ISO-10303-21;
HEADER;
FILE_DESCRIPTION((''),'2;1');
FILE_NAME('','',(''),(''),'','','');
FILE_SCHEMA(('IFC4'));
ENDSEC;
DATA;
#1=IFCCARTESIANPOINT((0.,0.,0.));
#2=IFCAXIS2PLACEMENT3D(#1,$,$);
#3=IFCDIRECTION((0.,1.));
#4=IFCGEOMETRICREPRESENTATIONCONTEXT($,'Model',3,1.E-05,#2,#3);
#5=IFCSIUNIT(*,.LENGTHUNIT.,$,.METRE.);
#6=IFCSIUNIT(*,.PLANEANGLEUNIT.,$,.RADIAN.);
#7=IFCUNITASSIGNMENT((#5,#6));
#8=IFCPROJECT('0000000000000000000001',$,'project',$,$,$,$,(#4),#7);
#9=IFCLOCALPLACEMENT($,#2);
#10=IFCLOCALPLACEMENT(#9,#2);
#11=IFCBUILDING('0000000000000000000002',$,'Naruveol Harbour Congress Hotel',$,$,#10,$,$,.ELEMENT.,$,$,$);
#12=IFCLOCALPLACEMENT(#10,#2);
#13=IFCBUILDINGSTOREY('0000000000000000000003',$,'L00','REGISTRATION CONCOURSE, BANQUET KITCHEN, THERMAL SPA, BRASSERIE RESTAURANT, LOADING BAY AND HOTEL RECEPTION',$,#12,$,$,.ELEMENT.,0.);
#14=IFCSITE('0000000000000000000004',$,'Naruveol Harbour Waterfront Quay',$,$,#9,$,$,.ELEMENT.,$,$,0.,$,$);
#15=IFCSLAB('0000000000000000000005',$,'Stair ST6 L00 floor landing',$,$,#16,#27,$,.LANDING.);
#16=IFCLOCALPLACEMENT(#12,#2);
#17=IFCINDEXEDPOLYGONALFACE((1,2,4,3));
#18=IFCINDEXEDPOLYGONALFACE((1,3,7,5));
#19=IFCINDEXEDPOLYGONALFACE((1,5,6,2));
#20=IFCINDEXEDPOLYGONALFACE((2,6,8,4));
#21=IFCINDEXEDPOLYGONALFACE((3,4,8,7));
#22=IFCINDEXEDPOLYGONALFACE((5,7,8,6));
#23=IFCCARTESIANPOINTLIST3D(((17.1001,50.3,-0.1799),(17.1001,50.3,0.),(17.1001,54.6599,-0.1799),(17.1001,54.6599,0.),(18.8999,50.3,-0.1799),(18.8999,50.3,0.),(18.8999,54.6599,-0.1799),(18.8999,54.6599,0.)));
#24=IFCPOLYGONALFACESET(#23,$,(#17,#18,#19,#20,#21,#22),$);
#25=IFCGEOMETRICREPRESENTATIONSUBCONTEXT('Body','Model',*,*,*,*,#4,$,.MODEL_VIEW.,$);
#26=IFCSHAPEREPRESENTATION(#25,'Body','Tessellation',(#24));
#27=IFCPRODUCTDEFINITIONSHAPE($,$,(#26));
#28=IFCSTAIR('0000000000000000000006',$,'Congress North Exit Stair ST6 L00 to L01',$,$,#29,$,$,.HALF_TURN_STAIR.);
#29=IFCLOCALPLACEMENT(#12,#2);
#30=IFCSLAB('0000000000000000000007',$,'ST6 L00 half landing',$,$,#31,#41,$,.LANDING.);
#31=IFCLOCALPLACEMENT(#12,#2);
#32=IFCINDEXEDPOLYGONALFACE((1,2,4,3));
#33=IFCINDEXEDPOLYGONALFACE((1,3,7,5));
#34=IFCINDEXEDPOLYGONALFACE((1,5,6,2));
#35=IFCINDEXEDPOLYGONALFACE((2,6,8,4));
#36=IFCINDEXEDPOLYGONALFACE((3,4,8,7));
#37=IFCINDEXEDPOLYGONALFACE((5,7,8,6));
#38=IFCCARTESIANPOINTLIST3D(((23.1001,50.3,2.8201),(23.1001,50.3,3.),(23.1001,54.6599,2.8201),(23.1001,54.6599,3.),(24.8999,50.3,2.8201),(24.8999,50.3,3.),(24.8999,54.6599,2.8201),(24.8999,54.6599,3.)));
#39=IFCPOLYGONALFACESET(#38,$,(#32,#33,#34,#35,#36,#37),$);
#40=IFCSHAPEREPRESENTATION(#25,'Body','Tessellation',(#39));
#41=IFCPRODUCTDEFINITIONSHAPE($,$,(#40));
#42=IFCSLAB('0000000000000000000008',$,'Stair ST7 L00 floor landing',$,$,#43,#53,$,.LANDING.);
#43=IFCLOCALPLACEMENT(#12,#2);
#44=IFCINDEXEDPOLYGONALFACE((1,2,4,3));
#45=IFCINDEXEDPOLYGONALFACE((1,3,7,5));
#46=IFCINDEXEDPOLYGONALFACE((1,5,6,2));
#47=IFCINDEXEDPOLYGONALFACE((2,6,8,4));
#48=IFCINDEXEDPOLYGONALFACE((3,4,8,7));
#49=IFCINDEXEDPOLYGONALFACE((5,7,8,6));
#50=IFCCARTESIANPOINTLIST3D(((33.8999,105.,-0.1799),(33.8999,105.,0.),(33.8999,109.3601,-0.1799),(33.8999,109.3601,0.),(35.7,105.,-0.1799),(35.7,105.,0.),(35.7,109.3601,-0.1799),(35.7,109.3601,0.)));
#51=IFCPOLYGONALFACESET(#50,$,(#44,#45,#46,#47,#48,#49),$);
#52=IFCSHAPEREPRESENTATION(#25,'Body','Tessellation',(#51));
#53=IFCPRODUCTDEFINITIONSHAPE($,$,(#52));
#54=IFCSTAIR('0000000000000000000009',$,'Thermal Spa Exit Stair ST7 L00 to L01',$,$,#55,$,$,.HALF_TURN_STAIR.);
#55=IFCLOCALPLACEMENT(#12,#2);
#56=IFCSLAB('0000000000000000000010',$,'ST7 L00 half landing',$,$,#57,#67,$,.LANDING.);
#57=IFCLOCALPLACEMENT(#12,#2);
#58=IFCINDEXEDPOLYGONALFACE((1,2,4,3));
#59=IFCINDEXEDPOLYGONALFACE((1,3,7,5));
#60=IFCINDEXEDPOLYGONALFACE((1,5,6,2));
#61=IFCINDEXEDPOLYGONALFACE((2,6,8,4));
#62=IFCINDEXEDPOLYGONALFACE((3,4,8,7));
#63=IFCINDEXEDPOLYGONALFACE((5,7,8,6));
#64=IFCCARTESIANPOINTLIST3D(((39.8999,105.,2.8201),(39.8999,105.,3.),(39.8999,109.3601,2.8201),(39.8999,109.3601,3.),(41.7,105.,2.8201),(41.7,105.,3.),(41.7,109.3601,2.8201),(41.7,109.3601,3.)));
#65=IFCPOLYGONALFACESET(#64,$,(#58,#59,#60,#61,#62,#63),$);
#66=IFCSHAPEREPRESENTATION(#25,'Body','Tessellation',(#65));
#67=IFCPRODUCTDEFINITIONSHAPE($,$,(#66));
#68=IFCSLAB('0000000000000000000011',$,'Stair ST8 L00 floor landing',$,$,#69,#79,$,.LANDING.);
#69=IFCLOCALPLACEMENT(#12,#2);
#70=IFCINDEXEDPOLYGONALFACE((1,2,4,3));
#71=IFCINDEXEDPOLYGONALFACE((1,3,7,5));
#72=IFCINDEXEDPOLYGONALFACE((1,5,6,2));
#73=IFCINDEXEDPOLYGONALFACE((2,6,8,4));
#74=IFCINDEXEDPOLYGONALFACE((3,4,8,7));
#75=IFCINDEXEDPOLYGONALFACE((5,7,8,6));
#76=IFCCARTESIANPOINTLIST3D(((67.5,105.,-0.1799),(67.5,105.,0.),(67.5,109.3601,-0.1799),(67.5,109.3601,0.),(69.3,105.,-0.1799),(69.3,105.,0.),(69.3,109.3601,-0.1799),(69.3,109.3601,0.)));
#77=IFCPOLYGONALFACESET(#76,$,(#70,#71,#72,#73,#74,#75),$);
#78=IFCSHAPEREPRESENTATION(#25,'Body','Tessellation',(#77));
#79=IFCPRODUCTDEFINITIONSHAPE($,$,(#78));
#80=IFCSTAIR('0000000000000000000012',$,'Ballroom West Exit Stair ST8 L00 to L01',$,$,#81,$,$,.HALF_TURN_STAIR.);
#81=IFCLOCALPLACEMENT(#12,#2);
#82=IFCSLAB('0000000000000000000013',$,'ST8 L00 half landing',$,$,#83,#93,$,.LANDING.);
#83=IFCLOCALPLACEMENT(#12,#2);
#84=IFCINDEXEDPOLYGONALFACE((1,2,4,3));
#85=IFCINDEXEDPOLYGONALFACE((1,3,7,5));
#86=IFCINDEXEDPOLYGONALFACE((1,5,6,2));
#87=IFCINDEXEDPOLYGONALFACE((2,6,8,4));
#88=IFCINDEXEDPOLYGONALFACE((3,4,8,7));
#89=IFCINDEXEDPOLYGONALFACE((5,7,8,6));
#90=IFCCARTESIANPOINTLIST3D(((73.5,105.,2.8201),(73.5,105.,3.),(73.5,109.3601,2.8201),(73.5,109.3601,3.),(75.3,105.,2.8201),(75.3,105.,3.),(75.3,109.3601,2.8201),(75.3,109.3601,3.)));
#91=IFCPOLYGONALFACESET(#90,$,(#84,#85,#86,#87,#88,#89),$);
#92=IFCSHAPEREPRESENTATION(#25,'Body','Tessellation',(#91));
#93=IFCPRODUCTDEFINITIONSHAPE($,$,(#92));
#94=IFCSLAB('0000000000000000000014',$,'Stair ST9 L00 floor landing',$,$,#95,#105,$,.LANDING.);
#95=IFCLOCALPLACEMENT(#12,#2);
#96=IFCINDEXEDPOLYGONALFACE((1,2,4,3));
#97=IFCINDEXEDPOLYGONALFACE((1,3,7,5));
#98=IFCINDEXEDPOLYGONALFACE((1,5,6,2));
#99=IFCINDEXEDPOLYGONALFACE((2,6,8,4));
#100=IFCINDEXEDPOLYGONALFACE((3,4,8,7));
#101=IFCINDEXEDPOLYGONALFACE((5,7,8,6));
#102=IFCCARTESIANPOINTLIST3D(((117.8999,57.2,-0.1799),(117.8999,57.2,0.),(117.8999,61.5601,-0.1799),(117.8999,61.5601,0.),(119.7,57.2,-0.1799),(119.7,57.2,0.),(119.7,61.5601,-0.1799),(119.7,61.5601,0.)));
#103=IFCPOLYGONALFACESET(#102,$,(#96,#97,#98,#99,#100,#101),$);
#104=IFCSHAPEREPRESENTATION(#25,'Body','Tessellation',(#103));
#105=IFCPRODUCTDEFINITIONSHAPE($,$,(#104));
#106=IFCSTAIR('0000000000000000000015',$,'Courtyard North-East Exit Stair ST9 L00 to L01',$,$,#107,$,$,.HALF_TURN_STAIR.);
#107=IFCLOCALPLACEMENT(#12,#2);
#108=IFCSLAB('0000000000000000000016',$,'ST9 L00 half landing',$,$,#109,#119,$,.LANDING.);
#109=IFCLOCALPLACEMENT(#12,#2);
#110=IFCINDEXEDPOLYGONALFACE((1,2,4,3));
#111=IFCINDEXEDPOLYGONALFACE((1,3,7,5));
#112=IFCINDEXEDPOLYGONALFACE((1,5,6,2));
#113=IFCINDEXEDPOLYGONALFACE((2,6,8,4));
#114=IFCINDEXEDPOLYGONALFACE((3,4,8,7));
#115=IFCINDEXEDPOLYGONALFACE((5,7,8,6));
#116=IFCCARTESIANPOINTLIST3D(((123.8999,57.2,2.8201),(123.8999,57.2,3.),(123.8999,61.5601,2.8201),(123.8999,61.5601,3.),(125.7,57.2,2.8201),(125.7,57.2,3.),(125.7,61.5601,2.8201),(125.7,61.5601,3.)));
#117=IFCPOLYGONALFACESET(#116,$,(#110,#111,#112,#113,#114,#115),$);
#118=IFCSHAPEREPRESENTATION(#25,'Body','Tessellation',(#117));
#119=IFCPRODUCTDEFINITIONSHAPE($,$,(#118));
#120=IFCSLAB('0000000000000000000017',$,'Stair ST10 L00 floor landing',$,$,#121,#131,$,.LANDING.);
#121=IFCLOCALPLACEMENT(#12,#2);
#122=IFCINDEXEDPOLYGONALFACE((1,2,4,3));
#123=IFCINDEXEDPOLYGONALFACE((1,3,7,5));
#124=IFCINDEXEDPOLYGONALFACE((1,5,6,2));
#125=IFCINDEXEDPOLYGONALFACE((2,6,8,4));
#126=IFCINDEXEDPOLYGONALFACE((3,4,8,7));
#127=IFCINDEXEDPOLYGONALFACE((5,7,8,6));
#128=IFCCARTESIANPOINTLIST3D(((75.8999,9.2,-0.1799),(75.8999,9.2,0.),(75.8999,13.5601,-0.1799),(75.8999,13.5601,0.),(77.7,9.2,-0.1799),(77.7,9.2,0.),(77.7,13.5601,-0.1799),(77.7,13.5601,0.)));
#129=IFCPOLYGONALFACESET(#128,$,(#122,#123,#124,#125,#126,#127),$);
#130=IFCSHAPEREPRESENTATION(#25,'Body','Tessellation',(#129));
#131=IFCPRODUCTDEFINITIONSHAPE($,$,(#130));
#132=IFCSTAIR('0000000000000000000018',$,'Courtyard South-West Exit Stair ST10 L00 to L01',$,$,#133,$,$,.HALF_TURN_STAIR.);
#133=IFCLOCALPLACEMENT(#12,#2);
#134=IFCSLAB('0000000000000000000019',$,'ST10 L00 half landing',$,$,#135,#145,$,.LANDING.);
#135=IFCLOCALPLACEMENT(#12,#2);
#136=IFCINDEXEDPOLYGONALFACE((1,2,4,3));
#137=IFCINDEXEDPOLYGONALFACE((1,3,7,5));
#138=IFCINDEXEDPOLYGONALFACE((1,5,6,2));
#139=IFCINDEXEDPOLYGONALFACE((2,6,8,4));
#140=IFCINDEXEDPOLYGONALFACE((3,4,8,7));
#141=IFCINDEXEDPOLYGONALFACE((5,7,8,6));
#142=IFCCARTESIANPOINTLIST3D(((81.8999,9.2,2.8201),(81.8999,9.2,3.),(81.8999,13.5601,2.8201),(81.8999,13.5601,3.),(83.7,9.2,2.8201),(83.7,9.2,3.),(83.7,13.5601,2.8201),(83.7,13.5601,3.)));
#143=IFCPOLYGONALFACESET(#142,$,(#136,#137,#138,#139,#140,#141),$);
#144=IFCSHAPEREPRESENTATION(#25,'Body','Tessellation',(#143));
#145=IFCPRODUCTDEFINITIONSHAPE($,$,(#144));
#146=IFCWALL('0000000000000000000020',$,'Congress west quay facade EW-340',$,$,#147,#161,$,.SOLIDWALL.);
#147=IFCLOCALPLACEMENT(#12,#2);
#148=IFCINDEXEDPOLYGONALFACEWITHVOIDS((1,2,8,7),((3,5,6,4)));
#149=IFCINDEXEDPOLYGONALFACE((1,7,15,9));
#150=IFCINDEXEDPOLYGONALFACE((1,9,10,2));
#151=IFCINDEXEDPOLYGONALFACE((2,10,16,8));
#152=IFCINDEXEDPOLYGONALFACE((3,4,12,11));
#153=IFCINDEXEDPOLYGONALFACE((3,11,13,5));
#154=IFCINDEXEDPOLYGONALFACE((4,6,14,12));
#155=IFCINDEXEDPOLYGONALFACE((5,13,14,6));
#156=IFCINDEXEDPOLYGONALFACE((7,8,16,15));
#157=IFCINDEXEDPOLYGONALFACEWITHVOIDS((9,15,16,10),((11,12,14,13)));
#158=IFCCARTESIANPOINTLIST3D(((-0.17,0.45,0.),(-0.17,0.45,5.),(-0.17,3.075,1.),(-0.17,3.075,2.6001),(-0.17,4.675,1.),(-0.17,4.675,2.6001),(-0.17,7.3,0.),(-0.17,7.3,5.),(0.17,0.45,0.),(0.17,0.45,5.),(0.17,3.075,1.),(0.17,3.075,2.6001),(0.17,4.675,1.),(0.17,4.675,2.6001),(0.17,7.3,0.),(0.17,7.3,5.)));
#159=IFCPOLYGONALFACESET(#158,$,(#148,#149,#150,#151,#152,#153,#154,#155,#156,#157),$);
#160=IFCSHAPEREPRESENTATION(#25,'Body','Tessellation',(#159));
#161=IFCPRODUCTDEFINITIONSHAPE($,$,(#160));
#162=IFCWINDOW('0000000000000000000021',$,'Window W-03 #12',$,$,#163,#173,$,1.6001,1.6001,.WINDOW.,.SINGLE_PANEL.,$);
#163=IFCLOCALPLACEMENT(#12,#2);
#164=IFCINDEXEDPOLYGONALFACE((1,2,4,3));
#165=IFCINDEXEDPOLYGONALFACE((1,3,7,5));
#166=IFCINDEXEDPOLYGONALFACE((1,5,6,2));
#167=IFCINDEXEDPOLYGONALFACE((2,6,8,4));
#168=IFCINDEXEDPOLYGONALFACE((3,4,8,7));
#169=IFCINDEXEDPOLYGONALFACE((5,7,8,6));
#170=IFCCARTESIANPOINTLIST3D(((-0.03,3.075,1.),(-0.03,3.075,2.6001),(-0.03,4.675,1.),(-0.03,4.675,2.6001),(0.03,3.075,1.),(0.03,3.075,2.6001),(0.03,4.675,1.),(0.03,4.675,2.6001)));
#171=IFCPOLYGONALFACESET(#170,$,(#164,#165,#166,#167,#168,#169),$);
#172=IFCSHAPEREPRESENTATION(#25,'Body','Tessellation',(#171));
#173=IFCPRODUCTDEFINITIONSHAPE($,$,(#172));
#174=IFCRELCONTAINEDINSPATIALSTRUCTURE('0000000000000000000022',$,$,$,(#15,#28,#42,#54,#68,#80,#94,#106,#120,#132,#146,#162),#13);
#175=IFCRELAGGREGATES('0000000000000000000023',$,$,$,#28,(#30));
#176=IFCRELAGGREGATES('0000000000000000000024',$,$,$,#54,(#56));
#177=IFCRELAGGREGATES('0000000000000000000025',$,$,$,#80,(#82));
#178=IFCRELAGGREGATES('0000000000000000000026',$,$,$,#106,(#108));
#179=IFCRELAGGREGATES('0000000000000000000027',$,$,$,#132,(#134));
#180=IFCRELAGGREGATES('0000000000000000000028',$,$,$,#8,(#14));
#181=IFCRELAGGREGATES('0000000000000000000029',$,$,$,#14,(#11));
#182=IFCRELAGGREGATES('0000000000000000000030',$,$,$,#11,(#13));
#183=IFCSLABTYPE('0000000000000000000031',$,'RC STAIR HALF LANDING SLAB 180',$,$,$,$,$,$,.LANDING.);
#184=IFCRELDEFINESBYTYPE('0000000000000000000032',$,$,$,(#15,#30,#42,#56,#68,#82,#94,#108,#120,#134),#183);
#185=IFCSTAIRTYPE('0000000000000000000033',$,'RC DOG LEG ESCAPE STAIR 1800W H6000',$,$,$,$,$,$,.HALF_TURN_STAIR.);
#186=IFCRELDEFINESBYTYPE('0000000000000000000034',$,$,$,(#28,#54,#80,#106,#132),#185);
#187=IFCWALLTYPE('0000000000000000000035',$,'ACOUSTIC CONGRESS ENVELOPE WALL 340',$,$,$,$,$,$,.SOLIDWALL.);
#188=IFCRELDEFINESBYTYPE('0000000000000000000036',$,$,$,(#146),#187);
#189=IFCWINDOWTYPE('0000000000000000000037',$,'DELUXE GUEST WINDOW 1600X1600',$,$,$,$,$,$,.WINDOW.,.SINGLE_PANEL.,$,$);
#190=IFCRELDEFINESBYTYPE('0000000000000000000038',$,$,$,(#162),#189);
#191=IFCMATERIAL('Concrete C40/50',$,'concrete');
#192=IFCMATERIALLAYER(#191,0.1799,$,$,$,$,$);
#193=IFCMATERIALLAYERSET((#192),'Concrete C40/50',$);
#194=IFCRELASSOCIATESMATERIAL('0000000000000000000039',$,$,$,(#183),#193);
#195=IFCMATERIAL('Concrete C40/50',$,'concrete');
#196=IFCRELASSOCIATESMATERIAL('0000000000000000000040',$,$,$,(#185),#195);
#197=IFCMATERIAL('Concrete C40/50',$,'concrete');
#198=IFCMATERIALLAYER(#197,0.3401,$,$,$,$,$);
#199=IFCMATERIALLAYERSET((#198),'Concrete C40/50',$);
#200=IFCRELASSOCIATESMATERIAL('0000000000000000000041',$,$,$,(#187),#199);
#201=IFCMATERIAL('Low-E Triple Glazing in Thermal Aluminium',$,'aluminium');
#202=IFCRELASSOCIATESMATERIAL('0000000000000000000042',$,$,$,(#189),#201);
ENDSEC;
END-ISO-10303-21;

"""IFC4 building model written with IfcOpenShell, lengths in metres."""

from ifc_helpers import new_model, si_unit, direction, frame, frame_2d, origin, place, context, subcontext, project, spatial, polyline, rectangle, outline, extrude, material, layer, layer_set, type_object, element, fill, aggregate, save


model = new_model("IFC4")

# Units and contexts
model_context = context("Model", 3, precision=1e-05, world=origin(), true_north=direction((0.0, 1.0)))
body_context = subcontext(model_context, "Body", "Model", "MODEL_VIEW")
ifc_project = project(units=[si_unit("LENGTHUNIT", "METRE"), si_unit("PLANEANGLEUNIT", "RADIAN")], contexts=[model_context])

# Site, building, storey
site_placement = place(None, origin())
site = spatial("IfcSite", under=ifc_project, at=site_placement, Name="Naruveol Harbour Waterfront Quay", CompositionType="ELEMENT", RefElevation=0.0)
building_placement = place(site_placement, origin())
building = spatial("IfcBuilding", under=site, at=building_placement, Name="Naruveol Harbour Congress Hotel", CompositionType="ELEMENT")
storey_placement = place(building_placement, origin())
storey = spatial("IfcBuildingStorey", under=building, at=storey_placement, Name="L00", Description="REGISTRATION CONCOURSE, BANQUET KITCHEN, THERMAL SPA, BRASSERIE RESTAURANT, LOADING BAY AND HOTEL RECEPTION", CompositionType="ELEMENT", Elevation=0.0)

# Slab
ifc_material_1 = material(Name="Concrete C40/50", Category="concrete")
ifc_layer_1 = layer(ifc_material_1, 0.1799)
ifc_layer_set_1 = layer_set([ifc_layer_1], Name="Concrete C40/50")
slab_type = type_object("IfcSlabType", Name="RC STAIR HALF LANDING SLAB 180", PredefinedType="LANDING", material=ifc_layer_set_1)
slab_1_placement = place(storey_placement, frame((0.0, 0.0, -0.1799)))
element("IfcSlab", 1, at=slab_1_placement, inside=storey, type_object=slab_type, Name="Stair ST6 L00 floor landing", PredefinedType="LANDING", context=body_context, shape_type="SweptSolid", body=[
    extrude(outline(polyline([(17.1001, 50.3), (18.8999, 50.3), (18.8999, 54.6599), (17.1001, 54.6599), (17.1001, 50.3)])), origin(), (0.0, 0.0, 1.0), 0.1799),
])

# Stair, slab
ifc_material_2 = material(Name="Concrete C40/50", Category="concrete")
stair_type = type_object("IfcStairType", Name="RC DOG LEG ESCAPE STAIR 1800W H6000", PredefinedType="HALF_TURN_STAIR", material=ifc_material_2)
stair_1_placement = place(storey_placement, origin())
stair_1 = element("IfcStair", 2, at=stair_1_placement, inside=storey, type_object=stair_type, Name="Congress North Exit Stair ST6 L00 to L01", PredefinedType="HALF_TURN_STAIR")
slab_2_placement = place(storey_placement, frame((0.0, 0.0, 2.8201)))
slab_2 = element("IfcSlab", 3, at=slab_2_placement, type_object=slab_type, Name="ST6 L00 half landing", PredefinedType="LANDING", context=body_context, shape_type="SweptSolid", body=[
    extrude(outline(polyline([(23.1001, 50.3), (24.8999, 50.3), (24.8999, 54.6599), (23.1001, 54.6599), (23.1001, 50.3)])), origin(), (0.0, 0.0, 1.0), 0.1799),
])
aggregate(stair_1, [slab_2])

# Slab
slab_3_placement = place(storey_placement, frame((0.0, 0.0, -0.1799)))
element("IfcSlab", 4, at=slab_3_placement, inside=storey, type_object=slab_type, Name="Stair ST7 L00 floor landing", PredefinedType="LANDING", context=body_context, shape_type="SweptSolid", body=[
    extrude(outline(polyline([(33.8999, 105.0), (35.7, 105.0), (35.7, 109.3601), (33.8999, 109.3601), (33.8999, 105.0)])), origin(), (0.0, 0.0, 1.0), 0.1799),
])

# Stair, slab
stair_2_placement = place(storey_placement, origin())
stair_2 = element("IfcStair", 5, at=stair_2_placement, inside=storey, type_object=stair_type, Name="Thermal Spa Exit Stair ST7 L00 to L01", PredefinedType="HALF_TURN_STAIR")
slab_4_placement = place(storey_placement, frame((0.0, 0.0, 2.8201)))
slab_4 = element("IfcSlab", 6, at=slab_4_placement, type_object=slab_type, Name="ST7 L00 half landing", PredefinedType="LANDING", context=body_context, shape_type="SweptSolid", body=[
    extrude(outline(polyline([(39.8999, 105.0), (41.7, 105.0), (41.7, 109.3601), (39.8999, 109.3601), (39.8999, 105.0)])), origin(), (0.0, 0.0, 1.0), 0.1799),
])
aggregate(stair_2, [slab_4])

# Slab
slab_5_placement = place(storey_placement, frame((0.0, 0.0, -0.1799)))
element("IfcSlab", 7, at=slab_5_placement, inside=storey, type_object=slab_type, Name="Stair ST8 L00 floor landing", PredefinedType="LANDING", context=body_context, shape_type="SweptSolid", body=[
    extrude(outline(polyline([(67.5, 105.0), (69.3, 105.0), (69.3, 109.3601), (67.5, 109.3601), (67.5, 105.0)])), origin(), (0.0, 0.0, 1.0), 0.1799),
])

# Stair, slab
stair_3_placement = place(storey_placement, origin())
stair_3 = element("IfcStair", 8, at=stair_3_placement, inside=storey, type_object=stair_type, Name="Ballroom West Exit Stair ST8 L00 to L01", PredefinedType="HALF_TURN_STAIR")
slab_6_placement = place(storey_placement, frame((0.0, 0.0, 2.8201)))
slab_6 = element("IfcSlab", 9, at=slab_6_placement, type_object=slab_type, Name="ST8 L00 half landing", PredefinedType="LANDING", context=body_context, shape_type="SweptSolid", body=[
    extrude(outline(polyline([(73.5, 105.0), (75.3, 105.0), (75.3, 109.3601), (73.5, 109.3601), (73.5, 105.0)])), origin(), (0.0, 0.0, 1.0), 0.1799),
])
aggregate(stair_3, [slab_6])

# Slab
slab_7_placement = place(storey_placement, frame((0.0, 0.0, -0.1799)))
element("IfcSlab", 10, at=slab_7_placement, inside=storey, type_object=slab_type, Name="Stair ST9 L00 floor landing", PredefinedType="LANDING", context=body_context, shape_type="SweptSolid", body=[
    extrude(outline(polyline([(117.8999, 57.2), (119.7, 57.2), (119.7, 61.5601), (117.8999, 61.5601), (117.8999, 57.2)])), origin(), (0.0, 0.0, 1.0), 0.1799),
])

# Stair, slab
stair_4_placement = place(storey_placement, origin())
stair_4 = element("IfcStair", 11, at=stair_4_placement, inside=storey, type_object=stair_type, Name="Courtyard North-East Exit Stair ST9 L00 to L01", PredefinedType="HALF_TURN_STAIR")
slab_8_placement = place(storey_placement, frame((0.0, 0.0, 2.8201)))
slab_8 = element("IfcSlab", 12, at=slab_8_placement, type_object=slab_type, Name="ST9 L00 half landing", PredefinedType="LANDING", context=body_context, shape_type="SweptSolid", body=[
    extrude(outline(polyline([(123.8999, 57.2), (125.7, 57.2), (125.7, 61.5601), (123.8999, 61.5601), (123.8999, 57.2)])), origin(), (0.0, 0.0, 1.0), 0.1799),
])
aggregate(stair_4, [slab_8])

# Slab
slab_9_placement = place(storey_placement, frame((0.0, 0.0, -0.1799)))
element("IfcSlab", 13, at=slab_9_placement, inside=storey, type_object=slab_type, Name="Stair ST10 L00 floor landing", PredefinedType="LANDING", context=body_context, shape_type="SweptSolid", body=[
    extrude(outline(polyline([(75.8999, 9.2), (77.7, 9.2), (77.7, 13.5601), (75.8999, 13.5601), (75.8999, 9.2)])), origin(), (0.0, 0.0, 1.0), 0.1799),
])

# Stair, slab
stair_5_placement = place(storey_placement, origin())
stair_5 = element("IfcStair", 14, at=stair_5_placement, inside=storey, type_object=stair_type, Name="Courtyard South-West Exit Stair ST10 L00 to L01", PredefinedType="HALF_TURN_STAIR")
slab_10_placement = place(storey_placement, frame((0.0, 0.0, 2.8201)))
slab_10 = element("IfcSlab", 15, at=slab_10_placement, type_object=slab_type, Name="ST10 L00 half landing", PredefinedType="LANDING", context=body_context, shape_type="SweptSolid", body=[
    extrude(outline(polyline([(81.8999, 9.2), (83.7, 9.2), (83.7, 13.5601), (81.8999, 13.5601), (81.8999, 9.2)])), origin(), (0.0, 0.0, 1.0), 0.1799),
])
aggregate(stair_5, [slab_10])

# Wall, opening, window
ifc_material_3 = material(Name="Concrete C40/50", Category="concrete")
ifc_layer_2 = layer(ifc_material_3, 0.3401)
ifc_layer_set_2 = layer_set([ifc_layer_2], Name="Concrete C40/50")
wall_type_1 = type_object("IfcWallType", Name="ACOUSTIC CONGRESS ENVELOPE WALL 340", PredefinedType="SOLIDWALL", material=ifc_layer_set_2)
wall_1_placement = place(storey_placement, frame((0.0, 0.45, 0.0), z_axis=(0.0, 0.0, 1.0), x_axis=(0.0, 1.0, 0.0)))
wall_1 = element("IfcWall", 16, at=wall_1_placement, inside=storey, type_object=wall_type_1, Name="Congress west quay facade EW-340", PredefinedType="SOLIDWALL", context=body_context, shape_type="SweptSolid", body=[
    extrude(rectangle(XDim=6.8501, YDim=0.3401, at=frame_2d((3.425, 0.0))), origin(), (0.0, 0.0, 1.0), 5.0),
])
opening_1_placement = place(wall_1_placement, frame((2.625, 0.0, 1.0)))
opening_1 = element("IfcOpeningElement", 17, at=opening_1_placement, cuts=wall_1, PredefinedType="OPENING", context=body_context, shape_type="SweptSolid", body=[
    extrude(rectangle(XDim=1.6001, YDim=1.6001, at=frame_2d((0.8, 0.8))), frame((0.0, 0.1799, 0.0), z_axis=(0.0, -1.0, 0.0), x_axis=(1.0, 0.0, 0.0)), (0.0, 0.0, 1.0), 0.3601),
])
ifc_material_4 = material(Name="Low-E Triple Glazing in Thermal Aluminium", Category="aluminium")
window_type = type_object("IfcWindowType", Name="DELUXE GUEST WINDOW 1600X1600", PartitioningType="SINGLE_PANEL", PredefinedType="WINDOW", material=ifc_material_4)
window_placement = place(opening_1_placement, origin())
window = element("IfcWindow", 18, at=window_placement, inside=storey, type_object=window_type, Name="Window W-03 #12", OverallHeight=1.6001, OverallWidth=1.6001, PartitioningType="SINGLE_PANEL", PredefinedType="WINDOW", context=body_context, shape_type="SweptSolid", body=[
    extrude(rectangle(XDim=1.6001, YDim=1.6001, at=frame_2d((0.8, 0.8))), frame((0.0, 0.03, 0.0), z_axis=(0.0, -1.0, 0.0), x_axis=(1.0, 0.0, 0.0)), (0.0, 0.0, 1.0), 0.0601),
])
fill(opening_1, window)

save(model, "model.ifc")
